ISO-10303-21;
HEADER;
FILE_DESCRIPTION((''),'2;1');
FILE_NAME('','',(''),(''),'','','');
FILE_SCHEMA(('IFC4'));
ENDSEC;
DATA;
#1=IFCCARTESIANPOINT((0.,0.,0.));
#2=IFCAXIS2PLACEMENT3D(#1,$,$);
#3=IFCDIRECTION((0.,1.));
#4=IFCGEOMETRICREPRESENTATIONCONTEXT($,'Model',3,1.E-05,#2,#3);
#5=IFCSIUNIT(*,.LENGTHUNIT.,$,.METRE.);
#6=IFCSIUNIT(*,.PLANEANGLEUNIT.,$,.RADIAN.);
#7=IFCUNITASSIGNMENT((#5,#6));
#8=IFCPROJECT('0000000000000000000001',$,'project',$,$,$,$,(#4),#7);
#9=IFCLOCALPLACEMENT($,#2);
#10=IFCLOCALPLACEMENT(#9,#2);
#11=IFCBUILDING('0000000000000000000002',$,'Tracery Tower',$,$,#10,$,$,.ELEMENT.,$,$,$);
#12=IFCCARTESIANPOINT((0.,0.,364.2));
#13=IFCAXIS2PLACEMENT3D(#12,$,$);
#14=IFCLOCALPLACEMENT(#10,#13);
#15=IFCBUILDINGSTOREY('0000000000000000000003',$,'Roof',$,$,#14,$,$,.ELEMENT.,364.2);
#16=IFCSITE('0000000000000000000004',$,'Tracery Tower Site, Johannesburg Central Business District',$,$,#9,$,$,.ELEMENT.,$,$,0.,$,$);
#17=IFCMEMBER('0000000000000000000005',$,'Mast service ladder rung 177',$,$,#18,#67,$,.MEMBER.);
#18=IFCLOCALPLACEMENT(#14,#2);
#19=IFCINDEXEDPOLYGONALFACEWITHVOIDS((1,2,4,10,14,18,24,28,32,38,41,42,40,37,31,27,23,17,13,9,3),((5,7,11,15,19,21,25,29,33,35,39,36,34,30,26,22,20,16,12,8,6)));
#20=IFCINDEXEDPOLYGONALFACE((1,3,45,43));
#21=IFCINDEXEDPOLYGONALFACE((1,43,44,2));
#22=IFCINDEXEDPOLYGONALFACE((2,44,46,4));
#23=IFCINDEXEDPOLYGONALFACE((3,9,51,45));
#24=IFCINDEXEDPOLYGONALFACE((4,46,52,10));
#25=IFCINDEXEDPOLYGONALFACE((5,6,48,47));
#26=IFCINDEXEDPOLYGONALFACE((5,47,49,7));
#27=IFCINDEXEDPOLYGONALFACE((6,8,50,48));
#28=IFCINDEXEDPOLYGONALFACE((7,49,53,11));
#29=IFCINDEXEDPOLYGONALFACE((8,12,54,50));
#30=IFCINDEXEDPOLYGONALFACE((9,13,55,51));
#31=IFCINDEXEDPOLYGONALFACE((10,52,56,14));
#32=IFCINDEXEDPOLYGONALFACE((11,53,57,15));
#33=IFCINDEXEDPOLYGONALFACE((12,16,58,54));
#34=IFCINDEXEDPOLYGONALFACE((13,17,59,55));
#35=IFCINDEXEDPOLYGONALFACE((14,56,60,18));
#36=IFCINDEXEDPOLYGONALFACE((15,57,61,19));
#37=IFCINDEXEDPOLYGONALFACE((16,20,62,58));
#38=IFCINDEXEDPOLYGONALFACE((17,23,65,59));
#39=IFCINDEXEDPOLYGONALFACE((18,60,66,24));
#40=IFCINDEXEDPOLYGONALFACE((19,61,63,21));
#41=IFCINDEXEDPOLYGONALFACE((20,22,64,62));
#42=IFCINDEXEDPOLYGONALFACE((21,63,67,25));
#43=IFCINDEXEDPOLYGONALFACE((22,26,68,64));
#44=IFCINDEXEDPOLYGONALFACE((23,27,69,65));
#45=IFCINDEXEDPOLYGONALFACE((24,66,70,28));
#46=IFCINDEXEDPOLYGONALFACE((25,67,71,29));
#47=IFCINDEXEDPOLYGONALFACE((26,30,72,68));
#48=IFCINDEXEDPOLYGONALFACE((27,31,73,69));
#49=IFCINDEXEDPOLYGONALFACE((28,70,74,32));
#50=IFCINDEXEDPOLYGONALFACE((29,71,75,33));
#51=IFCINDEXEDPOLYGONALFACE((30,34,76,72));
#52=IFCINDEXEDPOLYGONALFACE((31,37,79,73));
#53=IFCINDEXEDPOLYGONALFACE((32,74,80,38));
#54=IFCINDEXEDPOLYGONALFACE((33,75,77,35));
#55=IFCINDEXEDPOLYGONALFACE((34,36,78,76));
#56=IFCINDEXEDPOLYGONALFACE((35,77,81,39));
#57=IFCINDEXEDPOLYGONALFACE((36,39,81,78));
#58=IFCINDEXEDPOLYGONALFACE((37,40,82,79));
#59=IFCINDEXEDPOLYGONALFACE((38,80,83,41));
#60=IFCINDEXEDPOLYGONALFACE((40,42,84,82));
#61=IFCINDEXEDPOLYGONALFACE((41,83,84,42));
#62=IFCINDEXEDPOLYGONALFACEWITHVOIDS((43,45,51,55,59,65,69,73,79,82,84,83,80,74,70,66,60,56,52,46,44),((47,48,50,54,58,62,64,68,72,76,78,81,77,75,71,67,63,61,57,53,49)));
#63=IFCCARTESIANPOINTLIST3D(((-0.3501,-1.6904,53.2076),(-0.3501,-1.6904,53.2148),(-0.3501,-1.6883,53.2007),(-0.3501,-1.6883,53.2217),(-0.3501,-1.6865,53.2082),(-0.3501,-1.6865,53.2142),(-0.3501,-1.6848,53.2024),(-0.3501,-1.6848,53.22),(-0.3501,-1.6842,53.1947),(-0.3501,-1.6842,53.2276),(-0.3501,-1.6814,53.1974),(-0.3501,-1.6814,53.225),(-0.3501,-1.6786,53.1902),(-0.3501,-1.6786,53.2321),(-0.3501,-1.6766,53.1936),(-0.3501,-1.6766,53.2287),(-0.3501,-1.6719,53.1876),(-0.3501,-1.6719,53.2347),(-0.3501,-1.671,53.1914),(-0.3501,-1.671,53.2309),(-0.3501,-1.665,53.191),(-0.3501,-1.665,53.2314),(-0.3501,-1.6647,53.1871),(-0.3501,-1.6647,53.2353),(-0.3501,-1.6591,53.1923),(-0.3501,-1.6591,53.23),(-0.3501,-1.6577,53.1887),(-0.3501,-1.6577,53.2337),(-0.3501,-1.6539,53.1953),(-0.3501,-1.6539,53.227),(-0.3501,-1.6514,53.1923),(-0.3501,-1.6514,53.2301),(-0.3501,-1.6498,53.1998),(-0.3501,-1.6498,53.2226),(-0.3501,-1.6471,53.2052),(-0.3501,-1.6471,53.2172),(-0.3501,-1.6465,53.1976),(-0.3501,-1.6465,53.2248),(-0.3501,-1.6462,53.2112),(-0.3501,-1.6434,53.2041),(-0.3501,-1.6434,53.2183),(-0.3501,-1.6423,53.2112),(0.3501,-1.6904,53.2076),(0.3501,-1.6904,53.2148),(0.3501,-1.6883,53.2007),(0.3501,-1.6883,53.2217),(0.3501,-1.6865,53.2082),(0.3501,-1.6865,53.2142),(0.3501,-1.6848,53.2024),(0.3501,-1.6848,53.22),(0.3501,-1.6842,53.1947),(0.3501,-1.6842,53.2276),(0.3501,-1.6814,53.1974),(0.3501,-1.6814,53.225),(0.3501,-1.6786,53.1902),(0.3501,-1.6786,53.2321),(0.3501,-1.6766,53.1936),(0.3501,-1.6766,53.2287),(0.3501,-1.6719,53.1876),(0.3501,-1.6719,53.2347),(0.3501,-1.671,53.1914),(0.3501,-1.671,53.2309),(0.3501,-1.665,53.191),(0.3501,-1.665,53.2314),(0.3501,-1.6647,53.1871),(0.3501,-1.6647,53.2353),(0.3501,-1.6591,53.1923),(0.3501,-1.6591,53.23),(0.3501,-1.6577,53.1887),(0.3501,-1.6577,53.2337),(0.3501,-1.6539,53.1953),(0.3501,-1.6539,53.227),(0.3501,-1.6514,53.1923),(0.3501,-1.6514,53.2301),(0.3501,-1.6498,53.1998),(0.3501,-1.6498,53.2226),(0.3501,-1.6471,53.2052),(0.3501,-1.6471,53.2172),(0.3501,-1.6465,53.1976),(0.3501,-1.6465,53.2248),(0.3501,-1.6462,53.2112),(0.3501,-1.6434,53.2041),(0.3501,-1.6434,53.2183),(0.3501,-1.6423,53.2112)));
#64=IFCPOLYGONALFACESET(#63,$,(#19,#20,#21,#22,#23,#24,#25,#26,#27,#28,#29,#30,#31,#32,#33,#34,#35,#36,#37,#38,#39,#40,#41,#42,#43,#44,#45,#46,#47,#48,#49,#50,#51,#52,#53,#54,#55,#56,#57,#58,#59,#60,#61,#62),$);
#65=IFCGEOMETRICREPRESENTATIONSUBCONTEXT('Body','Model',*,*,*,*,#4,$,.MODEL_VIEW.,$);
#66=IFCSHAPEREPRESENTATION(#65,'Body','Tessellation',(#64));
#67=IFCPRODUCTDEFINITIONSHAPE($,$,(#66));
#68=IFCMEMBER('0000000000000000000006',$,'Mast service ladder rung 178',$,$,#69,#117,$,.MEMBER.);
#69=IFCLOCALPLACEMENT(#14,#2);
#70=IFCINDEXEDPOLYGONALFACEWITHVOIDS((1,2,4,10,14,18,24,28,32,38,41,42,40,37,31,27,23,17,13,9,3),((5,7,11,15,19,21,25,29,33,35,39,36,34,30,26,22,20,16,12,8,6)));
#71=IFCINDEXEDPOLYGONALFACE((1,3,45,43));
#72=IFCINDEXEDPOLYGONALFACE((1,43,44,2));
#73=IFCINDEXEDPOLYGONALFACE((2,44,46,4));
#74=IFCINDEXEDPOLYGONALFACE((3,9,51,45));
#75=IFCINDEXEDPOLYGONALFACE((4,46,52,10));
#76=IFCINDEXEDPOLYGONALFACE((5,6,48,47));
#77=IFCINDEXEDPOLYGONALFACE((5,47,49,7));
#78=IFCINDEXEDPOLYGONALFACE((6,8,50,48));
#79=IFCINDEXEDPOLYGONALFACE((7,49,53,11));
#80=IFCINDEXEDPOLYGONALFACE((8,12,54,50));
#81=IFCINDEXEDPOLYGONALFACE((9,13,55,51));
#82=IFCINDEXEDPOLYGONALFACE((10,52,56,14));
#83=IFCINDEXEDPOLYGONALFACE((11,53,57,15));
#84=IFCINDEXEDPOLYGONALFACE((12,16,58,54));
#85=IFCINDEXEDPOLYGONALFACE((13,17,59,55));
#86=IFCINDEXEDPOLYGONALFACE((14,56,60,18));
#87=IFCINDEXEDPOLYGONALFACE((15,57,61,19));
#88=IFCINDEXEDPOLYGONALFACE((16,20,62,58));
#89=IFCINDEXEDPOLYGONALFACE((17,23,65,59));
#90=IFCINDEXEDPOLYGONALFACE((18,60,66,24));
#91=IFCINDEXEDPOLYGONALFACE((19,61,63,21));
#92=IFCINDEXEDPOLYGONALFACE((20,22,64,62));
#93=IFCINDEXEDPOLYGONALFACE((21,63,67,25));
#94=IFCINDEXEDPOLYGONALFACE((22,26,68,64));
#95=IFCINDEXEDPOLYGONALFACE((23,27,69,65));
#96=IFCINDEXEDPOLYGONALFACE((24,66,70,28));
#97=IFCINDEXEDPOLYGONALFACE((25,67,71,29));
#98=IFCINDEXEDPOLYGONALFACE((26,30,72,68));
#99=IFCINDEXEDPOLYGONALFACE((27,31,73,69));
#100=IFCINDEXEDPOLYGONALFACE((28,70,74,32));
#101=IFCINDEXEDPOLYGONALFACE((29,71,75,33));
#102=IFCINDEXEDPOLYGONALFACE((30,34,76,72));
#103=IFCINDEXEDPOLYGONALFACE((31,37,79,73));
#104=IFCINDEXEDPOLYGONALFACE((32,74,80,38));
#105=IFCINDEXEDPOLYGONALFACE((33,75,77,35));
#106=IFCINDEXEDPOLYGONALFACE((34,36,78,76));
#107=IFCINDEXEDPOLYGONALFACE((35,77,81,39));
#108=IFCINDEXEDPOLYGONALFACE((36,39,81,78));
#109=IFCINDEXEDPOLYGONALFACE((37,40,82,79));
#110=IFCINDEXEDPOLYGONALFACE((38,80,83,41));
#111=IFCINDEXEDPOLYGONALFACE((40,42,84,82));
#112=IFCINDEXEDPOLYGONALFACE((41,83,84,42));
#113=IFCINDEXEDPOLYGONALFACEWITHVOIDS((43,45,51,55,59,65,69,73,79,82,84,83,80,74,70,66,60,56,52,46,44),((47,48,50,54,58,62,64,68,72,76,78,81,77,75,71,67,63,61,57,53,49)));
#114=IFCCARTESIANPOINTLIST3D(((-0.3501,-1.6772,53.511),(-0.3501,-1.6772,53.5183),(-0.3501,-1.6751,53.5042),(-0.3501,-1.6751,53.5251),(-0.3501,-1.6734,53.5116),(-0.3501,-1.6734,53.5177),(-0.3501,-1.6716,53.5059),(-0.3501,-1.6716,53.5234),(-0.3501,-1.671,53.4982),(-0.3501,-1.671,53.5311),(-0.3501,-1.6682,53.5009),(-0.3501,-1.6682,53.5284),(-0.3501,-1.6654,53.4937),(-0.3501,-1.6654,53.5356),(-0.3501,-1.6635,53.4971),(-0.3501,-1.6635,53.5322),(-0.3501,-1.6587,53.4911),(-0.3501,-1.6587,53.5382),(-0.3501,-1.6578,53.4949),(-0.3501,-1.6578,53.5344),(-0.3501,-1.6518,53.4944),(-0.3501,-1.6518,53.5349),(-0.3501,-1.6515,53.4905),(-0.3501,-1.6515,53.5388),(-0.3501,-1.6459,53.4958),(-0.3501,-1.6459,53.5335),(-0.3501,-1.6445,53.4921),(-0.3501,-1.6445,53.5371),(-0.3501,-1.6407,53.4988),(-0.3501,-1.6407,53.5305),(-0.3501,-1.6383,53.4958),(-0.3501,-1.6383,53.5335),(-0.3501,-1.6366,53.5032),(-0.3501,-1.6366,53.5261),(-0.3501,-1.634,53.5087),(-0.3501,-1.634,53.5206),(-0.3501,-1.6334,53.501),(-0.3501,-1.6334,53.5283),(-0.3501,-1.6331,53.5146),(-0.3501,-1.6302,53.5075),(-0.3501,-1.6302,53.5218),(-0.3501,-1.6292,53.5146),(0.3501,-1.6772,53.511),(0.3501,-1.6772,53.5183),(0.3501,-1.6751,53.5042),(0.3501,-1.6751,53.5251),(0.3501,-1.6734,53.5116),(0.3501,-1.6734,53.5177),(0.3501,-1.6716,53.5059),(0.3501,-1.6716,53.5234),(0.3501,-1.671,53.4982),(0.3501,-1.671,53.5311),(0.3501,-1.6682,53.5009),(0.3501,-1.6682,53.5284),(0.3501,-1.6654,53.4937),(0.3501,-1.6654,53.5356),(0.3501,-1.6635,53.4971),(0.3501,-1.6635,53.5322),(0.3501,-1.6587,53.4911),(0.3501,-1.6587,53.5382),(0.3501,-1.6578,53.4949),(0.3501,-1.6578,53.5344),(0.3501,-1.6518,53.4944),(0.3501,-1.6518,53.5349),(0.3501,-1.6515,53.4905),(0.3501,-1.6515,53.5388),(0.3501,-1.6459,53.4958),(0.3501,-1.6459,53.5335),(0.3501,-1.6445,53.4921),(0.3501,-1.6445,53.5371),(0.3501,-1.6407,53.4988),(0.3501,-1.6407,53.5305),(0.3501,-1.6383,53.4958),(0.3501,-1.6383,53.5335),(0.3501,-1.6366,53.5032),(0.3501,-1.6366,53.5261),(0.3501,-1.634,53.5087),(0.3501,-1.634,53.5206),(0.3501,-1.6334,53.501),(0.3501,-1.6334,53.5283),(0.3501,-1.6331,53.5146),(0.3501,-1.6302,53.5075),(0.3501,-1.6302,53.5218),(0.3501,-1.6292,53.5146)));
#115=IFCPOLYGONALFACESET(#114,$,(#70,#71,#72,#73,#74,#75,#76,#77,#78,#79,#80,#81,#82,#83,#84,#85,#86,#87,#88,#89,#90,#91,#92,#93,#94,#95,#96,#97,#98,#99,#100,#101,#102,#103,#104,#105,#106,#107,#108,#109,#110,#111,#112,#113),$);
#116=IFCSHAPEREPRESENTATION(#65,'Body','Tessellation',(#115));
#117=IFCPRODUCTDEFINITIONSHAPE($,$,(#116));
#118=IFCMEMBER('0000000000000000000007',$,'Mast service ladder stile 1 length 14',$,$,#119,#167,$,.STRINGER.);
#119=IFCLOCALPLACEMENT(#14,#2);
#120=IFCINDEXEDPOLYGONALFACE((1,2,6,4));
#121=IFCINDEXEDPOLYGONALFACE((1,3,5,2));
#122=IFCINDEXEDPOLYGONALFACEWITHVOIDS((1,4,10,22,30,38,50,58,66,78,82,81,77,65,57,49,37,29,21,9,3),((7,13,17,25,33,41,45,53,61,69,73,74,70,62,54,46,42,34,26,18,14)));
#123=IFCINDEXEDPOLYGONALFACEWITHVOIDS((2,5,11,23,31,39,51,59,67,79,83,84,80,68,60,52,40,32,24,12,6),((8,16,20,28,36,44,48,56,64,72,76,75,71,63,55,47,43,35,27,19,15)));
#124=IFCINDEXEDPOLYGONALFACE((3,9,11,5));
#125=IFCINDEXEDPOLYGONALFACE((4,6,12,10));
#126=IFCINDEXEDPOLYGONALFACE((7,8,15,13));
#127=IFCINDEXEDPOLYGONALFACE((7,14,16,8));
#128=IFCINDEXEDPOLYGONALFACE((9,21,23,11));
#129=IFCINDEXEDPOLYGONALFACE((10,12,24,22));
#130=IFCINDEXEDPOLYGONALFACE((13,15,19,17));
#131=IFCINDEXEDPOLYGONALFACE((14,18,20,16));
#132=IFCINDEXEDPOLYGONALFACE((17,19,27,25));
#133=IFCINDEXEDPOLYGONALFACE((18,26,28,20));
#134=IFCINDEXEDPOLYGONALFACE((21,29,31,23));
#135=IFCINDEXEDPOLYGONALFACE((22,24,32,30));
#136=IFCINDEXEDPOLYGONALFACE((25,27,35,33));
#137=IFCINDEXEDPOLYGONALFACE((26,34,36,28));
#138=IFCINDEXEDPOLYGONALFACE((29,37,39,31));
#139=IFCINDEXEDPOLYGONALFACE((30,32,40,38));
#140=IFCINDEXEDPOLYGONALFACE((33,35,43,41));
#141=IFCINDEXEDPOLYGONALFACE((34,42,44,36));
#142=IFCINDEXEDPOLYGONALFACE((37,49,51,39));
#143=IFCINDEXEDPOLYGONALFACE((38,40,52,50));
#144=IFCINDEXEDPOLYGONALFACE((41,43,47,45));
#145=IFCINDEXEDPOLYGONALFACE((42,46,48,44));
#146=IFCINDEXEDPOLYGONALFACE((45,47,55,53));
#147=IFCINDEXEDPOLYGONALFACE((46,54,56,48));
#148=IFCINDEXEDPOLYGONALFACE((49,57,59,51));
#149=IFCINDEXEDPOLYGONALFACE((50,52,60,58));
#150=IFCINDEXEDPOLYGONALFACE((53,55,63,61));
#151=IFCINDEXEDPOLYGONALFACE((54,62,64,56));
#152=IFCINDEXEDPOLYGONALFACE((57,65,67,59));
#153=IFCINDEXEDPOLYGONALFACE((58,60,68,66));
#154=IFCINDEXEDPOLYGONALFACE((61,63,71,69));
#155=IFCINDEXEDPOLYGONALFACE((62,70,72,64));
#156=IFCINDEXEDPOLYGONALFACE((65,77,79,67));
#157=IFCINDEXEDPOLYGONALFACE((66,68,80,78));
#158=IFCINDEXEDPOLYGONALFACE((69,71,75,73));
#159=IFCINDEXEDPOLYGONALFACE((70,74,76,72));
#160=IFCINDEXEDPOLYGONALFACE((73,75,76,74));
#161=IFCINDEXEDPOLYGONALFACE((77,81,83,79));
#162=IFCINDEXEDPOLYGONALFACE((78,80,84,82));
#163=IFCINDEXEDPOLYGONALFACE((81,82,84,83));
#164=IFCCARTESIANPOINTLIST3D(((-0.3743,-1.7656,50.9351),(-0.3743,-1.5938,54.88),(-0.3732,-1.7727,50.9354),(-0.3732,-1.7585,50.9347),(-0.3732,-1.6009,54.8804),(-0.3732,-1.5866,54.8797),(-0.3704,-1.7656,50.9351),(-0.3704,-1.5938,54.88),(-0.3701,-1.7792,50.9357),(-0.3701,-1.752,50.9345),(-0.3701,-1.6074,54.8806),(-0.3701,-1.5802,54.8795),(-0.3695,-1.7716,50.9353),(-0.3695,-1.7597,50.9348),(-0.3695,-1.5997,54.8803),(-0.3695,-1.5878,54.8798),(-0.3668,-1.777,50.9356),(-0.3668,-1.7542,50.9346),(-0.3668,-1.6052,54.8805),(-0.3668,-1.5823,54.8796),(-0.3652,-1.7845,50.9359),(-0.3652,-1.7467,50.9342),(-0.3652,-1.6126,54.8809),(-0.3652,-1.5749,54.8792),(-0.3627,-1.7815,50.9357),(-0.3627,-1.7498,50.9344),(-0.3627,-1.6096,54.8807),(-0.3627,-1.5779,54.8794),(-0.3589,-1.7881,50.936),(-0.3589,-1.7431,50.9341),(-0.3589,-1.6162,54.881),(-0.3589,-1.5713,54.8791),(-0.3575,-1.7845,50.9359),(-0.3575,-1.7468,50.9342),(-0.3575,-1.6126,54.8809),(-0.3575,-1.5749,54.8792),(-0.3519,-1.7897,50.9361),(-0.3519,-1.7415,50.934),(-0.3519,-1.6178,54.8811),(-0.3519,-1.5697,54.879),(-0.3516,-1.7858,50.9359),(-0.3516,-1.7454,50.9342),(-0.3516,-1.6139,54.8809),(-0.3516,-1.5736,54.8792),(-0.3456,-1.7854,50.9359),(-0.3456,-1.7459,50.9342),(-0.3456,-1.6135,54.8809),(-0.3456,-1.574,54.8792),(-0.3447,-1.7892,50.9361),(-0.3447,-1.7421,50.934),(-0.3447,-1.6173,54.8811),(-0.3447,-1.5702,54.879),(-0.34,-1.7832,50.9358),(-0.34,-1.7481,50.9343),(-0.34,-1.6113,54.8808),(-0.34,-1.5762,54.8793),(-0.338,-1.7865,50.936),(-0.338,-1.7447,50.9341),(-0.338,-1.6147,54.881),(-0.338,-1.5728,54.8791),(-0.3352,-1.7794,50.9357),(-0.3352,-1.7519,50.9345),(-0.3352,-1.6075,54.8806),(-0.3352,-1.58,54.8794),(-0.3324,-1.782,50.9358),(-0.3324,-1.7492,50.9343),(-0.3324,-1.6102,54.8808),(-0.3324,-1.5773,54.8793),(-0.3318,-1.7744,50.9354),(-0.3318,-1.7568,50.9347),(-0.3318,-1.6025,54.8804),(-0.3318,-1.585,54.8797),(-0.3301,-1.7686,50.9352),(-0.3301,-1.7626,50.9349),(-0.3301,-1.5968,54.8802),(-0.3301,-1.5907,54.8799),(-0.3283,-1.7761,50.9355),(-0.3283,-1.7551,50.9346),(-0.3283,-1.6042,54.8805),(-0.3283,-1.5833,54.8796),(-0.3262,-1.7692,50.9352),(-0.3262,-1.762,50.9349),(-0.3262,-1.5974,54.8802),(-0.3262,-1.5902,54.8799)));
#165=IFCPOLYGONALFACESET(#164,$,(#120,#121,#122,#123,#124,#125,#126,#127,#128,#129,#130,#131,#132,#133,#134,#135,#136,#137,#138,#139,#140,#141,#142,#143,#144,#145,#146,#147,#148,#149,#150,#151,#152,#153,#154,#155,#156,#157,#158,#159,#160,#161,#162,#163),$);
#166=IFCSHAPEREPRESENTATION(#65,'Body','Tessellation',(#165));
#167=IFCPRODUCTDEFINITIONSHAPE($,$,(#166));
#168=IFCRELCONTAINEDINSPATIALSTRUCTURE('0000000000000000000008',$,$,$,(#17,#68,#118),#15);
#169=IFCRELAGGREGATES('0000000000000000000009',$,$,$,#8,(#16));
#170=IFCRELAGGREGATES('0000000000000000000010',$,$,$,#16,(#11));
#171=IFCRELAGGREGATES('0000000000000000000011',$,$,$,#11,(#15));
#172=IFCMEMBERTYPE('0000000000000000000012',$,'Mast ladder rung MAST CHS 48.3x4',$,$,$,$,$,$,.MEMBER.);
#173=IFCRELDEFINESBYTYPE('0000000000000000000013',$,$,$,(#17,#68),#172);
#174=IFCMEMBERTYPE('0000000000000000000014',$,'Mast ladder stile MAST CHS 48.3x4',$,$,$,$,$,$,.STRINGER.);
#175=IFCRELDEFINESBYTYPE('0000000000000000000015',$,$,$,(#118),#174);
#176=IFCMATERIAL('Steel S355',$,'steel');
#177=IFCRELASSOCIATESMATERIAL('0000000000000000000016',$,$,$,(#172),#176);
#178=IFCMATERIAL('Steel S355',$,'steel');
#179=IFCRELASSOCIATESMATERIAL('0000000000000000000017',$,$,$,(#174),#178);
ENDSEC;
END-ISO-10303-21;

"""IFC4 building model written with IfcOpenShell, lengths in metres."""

from ifc_helpers import new_model, si_unit, direction, frame, origin, origin_2d, place, context, subcontext, project, spatial, hollow_circle, extrude, material, material_profile, profile_set, type_object, element, save


model = new_model("IFC4")

# Units and contexts
model_context = context("Model", 3, precision=1e-05, world=origin(), true_north=direction((0.0, 1.0)))
body_context = subcontext(model_context, "Body", "Model", "MODEL_VIEW")
ifc_project = project(units=[si_unit("LENGTHUNIT", "METRE"), si_unit("PLANEANGLEUNIT", "RADIAN")], contexts=[model_context])

# Site, building, storey
site_placement = place(None, origin())
site = spatial("IfcSite", under=ifc_project, at=site_placement, Name="Tracery Tower Site, Johannesburg Central Business District", CompositionType="ELEMENT", RefElevation=0.0)
building_placement = place(site_placement, origin())
building = spatial("IfcBuilding", under=site, at=building_placement, Name="Tracery Tower", CompositionType="ELEMENT")
storey_placement = place(building_placement, frame((0.0, 0.0, 364.2)))
storey = spatial("IfcBuildingStorey", under=building, at=storey_placement, Name="Roof", CompositionType="ELEMENT", Elevation=364.2)

# Members
ifc_material_1 = material(Name="Steel S355", Category="steel")
ifc_material_profile_1 = material_profile(ifc_material_1, hollow_circle(Radius=0.0242, WallThickness=0.0039, at=origin_2d()), Name="CHS 48.3x4")
ifc_profile_set_1 = profile_set([ifc_material_profile_1], Name="Steel S355")
member_type_1 = type_object("IfcMemberType", Name="Mast ladder rung MAST CHS 48.3x4", PredefinedType="MEMBER", material=ifc_profile_set_1)
for number, where, z_axis, x_axis, name in (
    (1, (-0.3501, -1.6665, 53.2112), (1.0, 0.0, 0.0), (0.0, 1.0, 0.0), "Mast service ladder rung 177"),
    (2, (-0.3501, -1.6533, 53.5146), (1.0, 0.0, 0.0), (0.0, 1.0, 0.0), "Mast service ladder rung 178"),
):
    element("IfcMember", number, at=place(storey_placement, frame(where, z_axis=z_axis, x_axis=x_axis)), inside=storey, type_object=member_type_1, Name=name, PredefinedType="MEMBER", context=body_context, shape_type="SweptSolid", body=[
        extrude(hollow_circle(Radius=0.0242, WallThickness=0.0039, at=origin_2d()), origin(), (0.0, 0.0, 1.0), 0.7002),
    ])
ifc_material_2 = material(Name="Steel S355", Category="steel")
ifc_material_profile_2 = material_profile(ifc_material_2, hollow_circle(Radius=0.0242, WallThickness=0.0039, at=origin_2d()), Name="CHS 48.3x4")
ifc_profile_set_2 = profile_set([ifc_material_profile_2], Name="Steel S355")
member_type_2 = type_object("IfcMemberType", Name="Mast ladder stile MAST CHS 48.3x4", PredefinedType="STRINGER", material=ifc_profile_set_2)
for number, where, z_axis, x_axis, name in (
    (3, (-0.3501, -1.7656, 50.9351), (0.0, 0.043526, 0.999052), (-1.0, 0.0, 0.0), "Mast service ladder stile 1 length 14"),
):
    element("IfcMember", number, at=place(storey_placement, frame(where, z_axis=z_axis, x_axis=x_axis)), inside=storey, type_object=member_type_2, Name=name, PredefinedType="STRINGER", context=body_context, shape_type="SweptSolid", body=[
        extrude(hollow_circle(Radius=0.0242, WallThickness=0.0039, at=origin_2d()), origin(), (0.0, 0.0, 1.0), 3.9487),
    ])

save(model, "model.ifc")
